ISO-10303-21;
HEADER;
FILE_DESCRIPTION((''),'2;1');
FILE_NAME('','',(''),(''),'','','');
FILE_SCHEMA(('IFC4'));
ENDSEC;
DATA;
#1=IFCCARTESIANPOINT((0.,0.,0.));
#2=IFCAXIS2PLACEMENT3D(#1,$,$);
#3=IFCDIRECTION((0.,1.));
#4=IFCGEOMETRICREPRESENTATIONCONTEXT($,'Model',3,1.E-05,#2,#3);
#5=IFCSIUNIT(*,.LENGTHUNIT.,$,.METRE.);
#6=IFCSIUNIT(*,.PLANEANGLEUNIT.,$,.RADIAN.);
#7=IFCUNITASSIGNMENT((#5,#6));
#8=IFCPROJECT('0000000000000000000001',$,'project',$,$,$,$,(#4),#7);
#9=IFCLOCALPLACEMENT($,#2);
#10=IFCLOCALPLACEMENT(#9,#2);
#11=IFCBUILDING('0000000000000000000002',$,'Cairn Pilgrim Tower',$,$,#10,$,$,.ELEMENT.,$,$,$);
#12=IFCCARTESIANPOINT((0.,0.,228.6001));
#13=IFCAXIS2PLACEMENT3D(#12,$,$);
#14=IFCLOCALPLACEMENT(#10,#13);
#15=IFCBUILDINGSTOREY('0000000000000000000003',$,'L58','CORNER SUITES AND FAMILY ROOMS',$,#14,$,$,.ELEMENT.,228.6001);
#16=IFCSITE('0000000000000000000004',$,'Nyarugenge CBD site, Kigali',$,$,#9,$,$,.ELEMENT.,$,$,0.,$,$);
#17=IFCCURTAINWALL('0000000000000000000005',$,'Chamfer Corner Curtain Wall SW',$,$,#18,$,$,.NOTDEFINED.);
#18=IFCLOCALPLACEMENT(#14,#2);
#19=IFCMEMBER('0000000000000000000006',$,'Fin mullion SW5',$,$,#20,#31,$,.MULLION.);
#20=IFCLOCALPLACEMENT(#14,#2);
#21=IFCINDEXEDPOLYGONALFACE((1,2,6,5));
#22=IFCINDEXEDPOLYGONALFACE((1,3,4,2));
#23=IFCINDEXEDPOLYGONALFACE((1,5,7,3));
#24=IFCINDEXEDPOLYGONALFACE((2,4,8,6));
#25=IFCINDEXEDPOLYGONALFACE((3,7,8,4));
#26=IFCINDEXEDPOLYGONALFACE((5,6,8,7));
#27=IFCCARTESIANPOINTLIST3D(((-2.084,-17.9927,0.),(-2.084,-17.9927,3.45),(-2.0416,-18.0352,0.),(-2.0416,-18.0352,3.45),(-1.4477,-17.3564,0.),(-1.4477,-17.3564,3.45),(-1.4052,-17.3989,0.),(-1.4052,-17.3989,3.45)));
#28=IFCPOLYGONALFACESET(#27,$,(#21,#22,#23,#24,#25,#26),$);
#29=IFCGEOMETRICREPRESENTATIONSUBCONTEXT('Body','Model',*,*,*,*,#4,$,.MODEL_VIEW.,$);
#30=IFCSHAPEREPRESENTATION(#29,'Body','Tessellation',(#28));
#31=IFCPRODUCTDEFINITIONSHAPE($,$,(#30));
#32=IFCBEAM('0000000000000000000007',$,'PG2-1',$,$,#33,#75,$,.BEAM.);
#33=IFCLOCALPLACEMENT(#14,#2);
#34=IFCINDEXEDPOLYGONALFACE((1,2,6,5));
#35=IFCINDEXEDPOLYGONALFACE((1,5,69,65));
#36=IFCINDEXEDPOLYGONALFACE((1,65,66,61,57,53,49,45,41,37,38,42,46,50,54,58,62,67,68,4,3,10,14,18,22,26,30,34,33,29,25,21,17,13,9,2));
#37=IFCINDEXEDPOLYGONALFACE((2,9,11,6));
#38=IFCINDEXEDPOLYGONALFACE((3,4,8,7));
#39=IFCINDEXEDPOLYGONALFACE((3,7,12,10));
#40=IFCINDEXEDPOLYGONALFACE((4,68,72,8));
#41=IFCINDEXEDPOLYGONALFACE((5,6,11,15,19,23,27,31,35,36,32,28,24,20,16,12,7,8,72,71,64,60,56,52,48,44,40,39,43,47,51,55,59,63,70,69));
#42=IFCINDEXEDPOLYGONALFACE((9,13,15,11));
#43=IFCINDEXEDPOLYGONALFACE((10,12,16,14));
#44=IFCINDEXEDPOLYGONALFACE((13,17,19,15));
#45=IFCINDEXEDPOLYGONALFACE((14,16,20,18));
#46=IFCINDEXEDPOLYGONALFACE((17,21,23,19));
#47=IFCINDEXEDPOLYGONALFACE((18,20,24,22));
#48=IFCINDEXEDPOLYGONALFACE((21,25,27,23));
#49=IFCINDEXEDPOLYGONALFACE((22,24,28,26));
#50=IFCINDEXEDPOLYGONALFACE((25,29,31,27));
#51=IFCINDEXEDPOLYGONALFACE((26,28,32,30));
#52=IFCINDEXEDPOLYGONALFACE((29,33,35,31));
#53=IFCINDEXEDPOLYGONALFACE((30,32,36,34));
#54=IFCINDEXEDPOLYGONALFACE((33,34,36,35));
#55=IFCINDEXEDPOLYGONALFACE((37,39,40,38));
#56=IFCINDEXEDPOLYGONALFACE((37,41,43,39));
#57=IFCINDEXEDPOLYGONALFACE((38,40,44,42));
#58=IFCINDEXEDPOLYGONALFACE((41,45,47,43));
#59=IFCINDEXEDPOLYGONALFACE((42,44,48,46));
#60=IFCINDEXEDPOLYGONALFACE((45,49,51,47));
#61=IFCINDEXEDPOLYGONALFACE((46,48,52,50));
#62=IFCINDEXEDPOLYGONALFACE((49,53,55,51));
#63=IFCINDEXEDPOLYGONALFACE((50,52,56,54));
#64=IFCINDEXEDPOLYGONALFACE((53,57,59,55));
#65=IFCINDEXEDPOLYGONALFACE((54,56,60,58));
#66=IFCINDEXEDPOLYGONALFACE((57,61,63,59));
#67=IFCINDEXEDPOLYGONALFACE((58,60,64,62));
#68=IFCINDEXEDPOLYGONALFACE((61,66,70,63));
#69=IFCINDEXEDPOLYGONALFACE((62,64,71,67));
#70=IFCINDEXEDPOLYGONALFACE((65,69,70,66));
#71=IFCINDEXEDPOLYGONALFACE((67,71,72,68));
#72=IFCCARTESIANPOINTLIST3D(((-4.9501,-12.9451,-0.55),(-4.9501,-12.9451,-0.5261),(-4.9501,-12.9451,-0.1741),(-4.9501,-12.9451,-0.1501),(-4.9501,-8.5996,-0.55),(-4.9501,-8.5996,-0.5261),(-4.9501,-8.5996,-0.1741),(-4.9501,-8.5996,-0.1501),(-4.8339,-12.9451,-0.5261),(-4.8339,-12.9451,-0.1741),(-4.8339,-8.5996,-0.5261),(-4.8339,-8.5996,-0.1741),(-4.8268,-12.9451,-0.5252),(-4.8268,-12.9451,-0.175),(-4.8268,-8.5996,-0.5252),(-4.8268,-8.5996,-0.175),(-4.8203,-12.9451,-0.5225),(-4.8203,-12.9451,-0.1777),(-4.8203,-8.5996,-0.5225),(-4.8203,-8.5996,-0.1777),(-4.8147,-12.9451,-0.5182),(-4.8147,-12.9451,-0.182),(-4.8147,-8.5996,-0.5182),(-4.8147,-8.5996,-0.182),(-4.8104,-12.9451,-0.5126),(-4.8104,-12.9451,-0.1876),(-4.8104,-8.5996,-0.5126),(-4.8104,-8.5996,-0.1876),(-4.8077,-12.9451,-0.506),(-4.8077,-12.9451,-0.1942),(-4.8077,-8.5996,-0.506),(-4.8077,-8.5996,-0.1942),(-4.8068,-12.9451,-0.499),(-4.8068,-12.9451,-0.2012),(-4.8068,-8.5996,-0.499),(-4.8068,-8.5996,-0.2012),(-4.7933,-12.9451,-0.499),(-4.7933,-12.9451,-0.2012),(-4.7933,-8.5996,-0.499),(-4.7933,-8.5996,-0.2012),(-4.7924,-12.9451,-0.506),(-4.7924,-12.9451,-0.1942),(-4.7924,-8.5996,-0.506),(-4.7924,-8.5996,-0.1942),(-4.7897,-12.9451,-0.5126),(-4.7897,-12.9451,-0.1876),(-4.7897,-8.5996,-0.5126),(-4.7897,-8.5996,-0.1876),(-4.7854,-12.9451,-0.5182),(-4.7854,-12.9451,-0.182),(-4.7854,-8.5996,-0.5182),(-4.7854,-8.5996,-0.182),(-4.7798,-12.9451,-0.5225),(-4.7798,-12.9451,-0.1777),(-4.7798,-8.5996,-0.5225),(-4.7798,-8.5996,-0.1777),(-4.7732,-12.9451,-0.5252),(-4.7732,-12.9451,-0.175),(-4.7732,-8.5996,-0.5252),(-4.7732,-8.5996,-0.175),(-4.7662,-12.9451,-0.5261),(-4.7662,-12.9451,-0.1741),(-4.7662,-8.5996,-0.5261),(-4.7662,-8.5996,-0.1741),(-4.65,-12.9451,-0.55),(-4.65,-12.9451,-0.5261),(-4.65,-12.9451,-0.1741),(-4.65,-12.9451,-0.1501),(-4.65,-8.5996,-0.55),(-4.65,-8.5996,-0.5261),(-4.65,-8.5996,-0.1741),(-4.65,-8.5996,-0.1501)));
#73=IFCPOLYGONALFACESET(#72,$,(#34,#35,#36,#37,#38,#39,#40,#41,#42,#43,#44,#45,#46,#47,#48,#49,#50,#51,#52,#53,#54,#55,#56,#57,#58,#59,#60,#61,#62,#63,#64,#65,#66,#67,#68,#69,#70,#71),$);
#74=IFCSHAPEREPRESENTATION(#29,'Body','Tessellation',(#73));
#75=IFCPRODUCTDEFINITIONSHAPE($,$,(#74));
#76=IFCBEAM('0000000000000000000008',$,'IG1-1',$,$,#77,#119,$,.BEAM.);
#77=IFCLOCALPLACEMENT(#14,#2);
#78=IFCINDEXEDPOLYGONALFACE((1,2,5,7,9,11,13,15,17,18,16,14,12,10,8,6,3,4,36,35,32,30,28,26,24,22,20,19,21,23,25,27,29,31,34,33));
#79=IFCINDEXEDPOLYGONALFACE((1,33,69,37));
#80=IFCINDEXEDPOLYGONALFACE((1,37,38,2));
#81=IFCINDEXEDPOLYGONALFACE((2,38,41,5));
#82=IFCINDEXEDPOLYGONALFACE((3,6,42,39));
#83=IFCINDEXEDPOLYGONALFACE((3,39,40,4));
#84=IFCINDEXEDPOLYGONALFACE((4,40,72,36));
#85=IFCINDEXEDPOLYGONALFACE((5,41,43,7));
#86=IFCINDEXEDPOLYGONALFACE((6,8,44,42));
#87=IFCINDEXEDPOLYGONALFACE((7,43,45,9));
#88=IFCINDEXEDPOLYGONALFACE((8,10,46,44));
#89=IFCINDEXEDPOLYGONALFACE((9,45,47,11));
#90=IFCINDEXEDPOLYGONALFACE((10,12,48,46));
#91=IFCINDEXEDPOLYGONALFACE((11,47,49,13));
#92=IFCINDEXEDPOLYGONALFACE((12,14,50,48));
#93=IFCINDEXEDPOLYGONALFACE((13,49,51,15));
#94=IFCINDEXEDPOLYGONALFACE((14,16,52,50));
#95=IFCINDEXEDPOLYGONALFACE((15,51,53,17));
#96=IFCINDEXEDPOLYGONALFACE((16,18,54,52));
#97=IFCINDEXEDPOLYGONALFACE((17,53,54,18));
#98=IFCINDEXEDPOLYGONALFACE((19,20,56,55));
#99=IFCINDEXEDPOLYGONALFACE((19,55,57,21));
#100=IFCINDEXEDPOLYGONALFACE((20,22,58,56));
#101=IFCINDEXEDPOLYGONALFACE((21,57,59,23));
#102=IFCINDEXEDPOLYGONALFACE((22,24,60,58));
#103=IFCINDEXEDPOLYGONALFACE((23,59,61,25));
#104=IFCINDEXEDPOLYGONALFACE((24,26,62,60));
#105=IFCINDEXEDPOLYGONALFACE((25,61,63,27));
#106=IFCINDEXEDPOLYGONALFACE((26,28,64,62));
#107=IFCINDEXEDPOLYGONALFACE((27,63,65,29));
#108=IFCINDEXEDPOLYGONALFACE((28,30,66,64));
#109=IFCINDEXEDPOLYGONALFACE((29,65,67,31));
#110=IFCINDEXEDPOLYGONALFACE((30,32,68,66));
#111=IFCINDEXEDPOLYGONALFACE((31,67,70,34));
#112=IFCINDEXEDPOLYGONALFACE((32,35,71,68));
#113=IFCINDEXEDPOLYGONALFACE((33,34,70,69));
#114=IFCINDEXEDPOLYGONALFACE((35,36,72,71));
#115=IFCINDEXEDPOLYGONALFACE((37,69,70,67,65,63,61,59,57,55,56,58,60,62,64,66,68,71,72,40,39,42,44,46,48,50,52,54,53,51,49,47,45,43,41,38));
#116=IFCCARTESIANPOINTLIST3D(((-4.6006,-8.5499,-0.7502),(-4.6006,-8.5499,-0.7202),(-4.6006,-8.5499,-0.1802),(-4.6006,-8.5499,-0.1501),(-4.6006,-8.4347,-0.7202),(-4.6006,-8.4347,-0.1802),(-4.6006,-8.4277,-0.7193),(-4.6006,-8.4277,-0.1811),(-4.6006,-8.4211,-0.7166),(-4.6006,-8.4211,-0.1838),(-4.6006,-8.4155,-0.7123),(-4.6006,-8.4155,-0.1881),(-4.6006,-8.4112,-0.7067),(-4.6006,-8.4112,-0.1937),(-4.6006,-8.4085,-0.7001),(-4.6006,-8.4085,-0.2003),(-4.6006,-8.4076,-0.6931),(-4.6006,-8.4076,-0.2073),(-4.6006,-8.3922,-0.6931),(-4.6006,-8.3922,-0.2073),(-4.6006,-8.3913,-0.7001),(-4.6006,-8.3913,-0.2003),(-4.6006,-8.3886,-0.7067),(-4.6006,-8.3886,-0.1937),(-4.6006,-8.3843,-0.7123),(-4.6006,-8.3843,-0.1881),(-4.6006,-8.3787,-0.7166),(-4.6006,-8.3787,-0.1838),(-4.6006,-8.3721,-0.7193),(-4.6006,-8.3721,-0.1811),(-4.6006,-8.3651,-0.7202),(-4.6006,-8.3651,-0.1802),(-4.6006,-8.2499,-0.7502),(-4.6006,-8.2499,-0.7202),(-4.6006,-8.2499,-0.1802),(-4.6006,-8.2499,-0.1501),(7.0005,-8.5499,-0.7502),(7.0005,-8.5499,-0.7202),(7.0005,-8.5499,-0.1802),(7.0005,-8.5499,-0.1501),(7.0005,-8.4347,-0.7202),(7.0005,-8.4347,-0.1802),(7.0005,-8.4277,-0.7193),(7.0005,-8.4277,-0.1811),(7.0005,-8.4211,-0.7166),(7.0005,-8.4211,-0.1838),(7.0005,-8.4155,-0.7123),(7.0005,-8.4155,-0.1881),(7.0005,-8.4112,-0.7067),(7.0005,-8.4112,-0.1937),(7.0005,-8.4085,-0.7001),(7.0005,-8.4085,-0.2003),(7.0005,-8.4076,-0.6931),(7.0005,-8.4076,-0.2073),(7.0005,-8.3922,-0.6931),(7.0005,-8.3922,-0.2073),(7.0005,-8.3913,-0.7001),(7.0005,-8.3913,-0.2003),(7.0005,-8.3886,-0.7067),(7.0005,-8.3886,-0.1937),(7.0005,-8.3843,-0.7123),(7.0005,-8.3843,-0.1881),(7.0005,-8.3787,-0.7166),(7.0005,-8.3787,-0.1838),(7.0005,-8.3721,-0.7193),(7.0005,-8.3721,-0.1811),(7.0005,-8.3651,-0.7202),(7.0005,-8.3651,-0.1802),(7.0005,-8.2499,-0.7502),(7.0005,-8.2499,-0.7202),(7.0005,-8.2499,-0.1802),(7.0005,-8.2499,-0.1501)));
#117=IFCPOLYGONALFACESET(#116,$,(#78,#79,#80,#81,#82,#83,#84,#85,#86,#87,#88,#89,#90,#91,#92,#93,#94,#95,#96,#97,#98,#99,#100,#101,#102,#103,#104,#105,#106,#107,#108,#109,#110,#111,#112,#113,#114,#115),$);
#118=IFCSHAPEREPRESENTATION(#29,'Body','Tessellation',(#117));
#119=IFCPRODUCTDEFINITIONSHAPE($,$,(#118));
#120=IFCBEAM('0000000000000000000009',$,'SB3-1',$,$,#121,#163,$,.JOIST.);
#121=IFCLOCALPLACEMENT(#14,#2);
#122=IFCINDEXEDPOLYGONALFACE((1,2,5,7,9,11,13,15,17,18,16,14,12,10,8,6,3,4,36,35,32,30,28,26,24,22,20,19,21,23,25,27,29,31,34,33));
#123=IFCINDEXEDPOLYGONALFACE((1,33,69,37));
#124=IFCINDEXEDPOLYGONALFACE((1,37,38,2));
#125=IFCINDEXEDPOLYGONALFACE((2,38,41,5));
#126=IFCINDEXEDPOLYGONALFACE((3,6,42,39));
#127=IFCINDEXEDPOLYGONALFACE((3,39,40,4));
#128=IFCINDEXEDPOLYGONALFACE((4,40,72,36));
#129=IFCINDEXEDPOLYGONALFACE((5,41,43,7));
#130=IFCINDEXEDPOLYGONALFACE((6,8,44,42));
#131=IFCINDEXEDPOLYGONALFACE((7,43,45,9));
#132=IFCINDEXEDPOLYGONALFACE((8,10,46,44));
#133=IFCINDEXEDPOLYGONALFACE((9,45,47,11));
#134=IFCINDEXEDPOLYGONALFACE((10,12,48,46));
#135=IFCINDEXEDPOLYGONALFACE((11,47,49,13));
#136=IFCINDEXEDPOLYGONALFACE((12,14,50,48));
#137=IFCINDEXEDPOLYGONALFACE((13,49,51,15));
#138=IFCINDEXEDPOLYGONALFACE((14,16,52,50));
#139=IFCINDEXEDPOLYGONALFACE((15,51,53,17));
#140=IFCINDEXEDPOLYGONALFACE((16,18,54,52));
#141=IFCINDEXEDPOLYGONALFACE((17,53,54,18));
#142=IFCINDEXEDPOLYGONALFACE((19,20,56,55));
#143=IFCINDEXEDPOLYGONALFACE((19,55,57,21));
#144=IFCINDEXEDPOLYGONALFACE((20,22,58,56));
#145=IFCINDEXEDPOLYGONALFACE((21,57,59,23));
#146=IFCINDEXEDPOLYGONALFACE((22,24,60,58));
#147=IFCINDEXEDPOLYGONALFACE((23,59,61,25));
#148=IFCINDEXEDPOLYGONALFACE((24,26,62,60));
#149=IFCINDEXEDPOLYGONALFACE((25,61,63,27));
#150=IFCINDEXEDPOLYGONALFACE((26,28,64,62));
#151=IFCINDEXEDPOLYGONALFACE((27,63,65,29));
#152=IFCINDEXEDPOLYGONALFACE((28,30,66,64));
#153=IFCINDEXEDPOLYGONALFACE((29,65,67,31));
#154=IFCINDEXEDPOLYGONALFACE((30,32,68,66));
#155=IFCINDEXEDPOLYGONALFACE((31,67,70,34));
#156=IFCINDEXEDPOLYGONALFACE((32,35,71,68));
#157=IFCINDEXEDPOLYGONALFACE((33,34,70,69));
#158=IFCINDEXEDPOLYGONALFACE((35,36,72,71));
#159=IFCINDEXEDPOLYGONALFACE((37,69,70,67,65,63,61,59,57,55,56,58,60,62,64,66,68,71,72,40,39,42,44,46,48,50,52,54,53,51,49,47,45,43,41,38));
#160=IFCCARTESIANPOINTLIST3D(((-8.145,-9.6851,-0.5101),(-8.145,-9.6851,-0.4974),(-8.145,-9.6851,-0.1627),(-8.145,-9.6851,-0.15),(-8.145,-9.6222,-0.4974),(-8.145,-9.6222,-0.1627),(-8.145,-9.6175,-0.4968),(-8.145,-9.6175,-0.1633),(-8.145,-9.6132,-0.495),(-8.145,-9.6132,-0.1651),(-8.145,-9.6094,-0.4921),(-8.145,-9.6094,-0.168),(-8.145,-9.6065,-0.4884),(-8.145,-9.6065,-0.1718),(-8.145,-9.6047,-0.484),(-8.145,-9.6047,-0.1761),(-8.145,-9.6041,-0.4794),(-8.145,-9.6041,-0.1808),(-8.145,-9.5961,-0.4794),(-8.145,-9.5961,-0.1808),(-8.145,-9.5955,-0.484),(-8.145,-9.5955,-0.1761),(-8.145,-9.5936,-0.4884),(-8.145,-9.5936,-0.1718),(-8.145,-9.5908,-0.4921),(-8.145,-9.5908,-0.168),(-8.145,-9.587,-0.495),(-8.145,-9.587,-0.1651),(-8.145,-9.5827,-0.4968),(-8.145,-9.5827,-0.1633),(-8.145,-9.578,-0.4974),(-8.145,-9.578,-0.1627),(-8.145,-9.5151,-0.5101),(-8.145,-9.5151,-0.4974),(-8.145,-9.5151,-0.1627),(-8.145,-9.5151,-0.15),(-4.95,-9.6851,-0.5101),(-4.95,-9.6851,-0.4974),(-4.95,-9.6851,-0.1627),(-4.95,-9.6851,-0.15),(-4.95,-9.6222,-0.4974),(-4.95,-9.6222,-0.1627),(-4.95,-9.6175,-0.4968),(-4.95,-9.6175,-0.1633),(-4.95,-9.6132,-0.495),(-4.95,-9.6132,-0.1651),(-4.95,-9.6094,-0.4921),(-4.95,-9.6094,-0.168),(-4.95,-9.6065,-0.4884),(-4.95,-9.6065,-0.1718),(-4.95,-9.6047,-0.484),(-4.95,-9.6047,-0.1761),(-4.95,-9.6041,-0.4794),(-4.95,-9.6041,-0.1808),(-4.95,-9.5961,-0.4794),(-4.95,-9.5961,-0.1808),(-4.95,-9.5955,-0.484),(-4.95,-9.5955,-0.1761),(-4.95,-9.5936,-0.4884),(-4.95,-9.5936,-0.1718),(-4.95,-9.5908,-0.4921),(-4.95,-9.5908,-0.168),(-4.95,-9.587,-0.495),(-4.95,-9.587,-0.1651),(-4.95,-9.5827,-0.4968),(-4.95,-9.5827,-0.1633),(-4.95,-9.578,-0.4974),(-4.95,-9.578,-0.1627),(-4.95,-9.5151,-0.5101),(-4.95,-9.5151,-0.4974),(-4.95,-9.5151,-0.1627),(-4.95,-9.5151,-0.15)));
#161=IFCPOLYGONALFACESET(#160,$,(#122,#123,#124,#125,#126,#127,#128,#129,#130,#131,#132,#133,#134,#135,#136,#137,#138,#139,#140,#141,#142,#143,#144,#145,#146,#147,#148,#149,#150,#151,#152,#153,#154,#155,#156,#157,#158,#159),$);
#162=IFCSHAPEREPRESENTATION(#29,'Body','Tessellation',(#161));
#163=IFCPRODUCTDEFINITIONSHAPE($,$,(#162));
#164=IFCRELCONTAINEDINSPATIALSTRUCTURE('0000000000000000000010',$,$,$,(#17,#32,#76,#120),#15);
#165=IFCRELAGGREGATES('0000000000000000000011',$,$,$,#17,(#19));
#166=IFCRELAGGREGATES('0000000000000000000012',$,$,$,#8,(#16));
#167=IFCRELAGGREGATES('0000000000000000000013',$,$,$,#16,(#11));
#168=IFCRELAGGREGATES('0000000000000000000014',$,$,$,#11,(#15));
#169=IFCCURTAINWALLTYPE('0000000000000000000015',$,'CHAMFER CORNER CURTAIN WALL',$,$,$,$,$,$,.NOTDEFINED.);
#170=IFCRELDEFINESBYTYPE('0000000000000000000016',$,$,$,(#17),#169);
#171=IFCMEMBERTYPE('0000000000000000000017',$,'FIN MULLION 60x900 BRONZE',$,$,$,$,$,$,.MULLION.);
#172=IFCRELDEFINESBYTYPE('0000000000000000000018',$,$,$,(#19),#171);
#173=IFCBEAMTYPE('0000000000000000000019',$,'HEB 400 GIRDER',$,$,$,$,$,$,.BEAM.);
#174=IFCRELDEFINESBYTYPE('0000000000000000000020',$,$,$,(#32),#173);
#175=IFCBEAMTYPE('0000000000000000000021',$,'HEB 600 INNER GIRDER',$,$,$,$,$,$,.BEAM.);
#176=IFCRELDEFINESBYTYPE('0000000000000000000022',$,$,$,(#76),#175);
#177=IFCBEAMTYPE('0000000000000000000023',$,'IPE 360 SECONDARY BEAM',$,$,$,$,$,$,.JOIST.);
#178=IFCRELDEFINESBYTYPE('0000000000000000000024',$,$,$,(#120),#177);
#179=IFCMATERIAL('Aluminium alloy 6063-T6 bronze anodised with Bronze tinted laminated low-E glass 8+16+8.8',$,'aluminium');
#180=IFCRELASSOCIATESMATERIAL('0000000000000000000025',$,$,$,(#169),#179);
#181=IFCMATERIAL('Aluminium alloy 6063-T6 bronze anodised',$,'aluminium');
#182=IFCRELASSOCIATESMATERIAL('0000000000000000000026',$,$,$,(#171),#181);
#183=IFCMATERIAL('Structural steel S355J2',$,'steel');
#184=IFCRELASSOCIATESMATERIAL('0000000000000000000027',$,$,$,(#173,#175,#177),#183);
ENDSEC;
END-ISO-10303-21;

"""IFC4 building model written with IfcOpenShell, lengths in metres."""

from ifc_helpers import new_model, si_unit, direction, frame, origin, origin_2d, place, context, subcontext, project, spatial, rectangle, i_section, extrude, material, material_profile, profile_set, type_object, element, aggregate, save


model = new_model("IFC4")

# Units and contexts
model_context = context("Model", 3, precision=1e-05, world=origin(), true_north=direction((0.0, 1.0)))
body_context = subcontext(model_context, "Body", "Model", "MODEL_VIEW")
ifc_project = project(units=[si_unit("LENGTHUNIT", "METRE"), si_unit("PLANEANGLEUNIT", "RADIAN")], contexts=[model_context])

# Site, building, storey
site_placement = place(None, origin())
site = spatial("IfcSite", under=ifc_project, at=site_placement, Name="Nyarugenge CBD site, Kigali", CompositionType="ELEMENT", RefElevation=0.0)
building_placement = place(site_placement, origin())
building = spatial("IfcBuilding", under=site, at=building_placement, Name="Cairn Pilgrim Tower", CompositionType="ELEMENT")
storey_placement = place(building_placement, frame((0.0, 0.0, 228.6001)))
storey = spatial("IfcBuildingStorey", under=building, at=storey_placement, Name="L58", Description="CORNER SUITES AND FAMILY ROOMS", CompositionType="ELEMENT", Elevation=228.6001)

# Shared definitions
ifc_material_1 = material(Name="Structural steel S355J2", Category="steel")

# Curtain wall, member
ifc_material_2 = material(Name="Aluminium alloy 6063-T6 bronze anodised with Bronze tinted laminated low-E glass 8+16+8.8", Category="aluminium")
curtain_wall_type = type_object("IfcCurtainWallType", Name="CHAMFER CORNER CURTAIN WALL", PredefinedType="NOTDEFINED", material=ifc_material_2)
curtain_wall_placement = place(storey_placement, origin())
curtain_wall = element("IfcCurtainWall", 1, at=curtain_wall_placement, inside=storey, type_object=curtain_wall_type, Name="Chamfer Corner Curtain Wall SW", PredefinedType="NOTDEFINED")
ifc_material_3 = material(Name="Aluminium alloy 6063-T6 bronze anodised", Category="aluminium")
ifc_material_profile_1 = material_profile(ifc_material_3, rectangle(XDim=0.8999, YDim=0.0601, at=origin_2d()), Name="FIN MULLION 60x900 BRONZE")
ifc_profile_set_1 = profile_set([ifc_material_profile_1], Name="Aluminium alloy 6063-T6 bronze anodised")
member_type_1 = type_object("IfcMemberType", Name="FIN MULLION 60x900 BRONZE", PredefinedType="MULLION", material=ifc_profile_set_1)
member_1_placement = place(storey_placement, frame((-1.7446, -17.6958, 0.0), z_axis=(0.0, 0.0, 1.0), x_axis=(-0.707107, -0.707107, 0.0)))
member_1 = element("IfcMember", 2, at=member_1_placement, type_object=member_type_1, Name="Fin mullion SW5", PredefinedType="MULLION", context=body_context, shape_type="SweptSolid", body=[
    extrude(rectangle(XDim=0.8999, YDim=0.0601, at=origin_2d()), origin(), (0.0, 0.0, 1.0), 3.45),
])

# Beams
ifc_material_profile_2 = material_profile(ifc_material_1, i_section(OverallWidth=0.3, OverallDepth=0.3999, WebThickness=0.0134, FlangeThickness=0.0239, FilletRadius=0.0271, at=origin_2d()), Name="HEB 400")
ifc_profile_set_2 = profile_set([ifc_material_profile_2], Name="Structural steel S355J2")
beam_type_1 = type_object("IfcBeamType", Name="HEB 400 GIRDER", PredefinedType="BEAM", material=ifc_profile_set_2)
beam_1_placement = place(storey_placement, frame((-4.8, -12.9451, -0.3501), z_axis=(0.0, 1.0, 0.0), x_axis=(-1.0, 0.0, 0.0)))
element("IfcBeam", 3, at=beam_1_placement, inside=storey, type_object=beam_type_1, Name="PG2-1", PredefinedType="BEAM", context=body_context, shape_type="SweptSolid", body=[
    extrude(i_section(OverallWidth=0.3, OverallDepth=0.3999, WebThickness=0.0134, FlangeThickness=0.0239, FilletRadius=0.0271, at=origin_2d()), origin(), (0.0, 0.0, 1.0), 4.3455),
])
ifc_material_profile_3 = material_profile(ifc_material_1, i_section(OverallWidth=0.3, OverallDepth=0.6001, WebThickness=0.0154, FlangeThickness=0.03, FilletRadius=0.0271, at=origin_2d()), Name="HEB 600")
ifc_profile_set_3 = profile_set([ifc_material_profile_3], Name="Structural steel S355J2")
beam_type_2 = type_object("IfcBeamType", Name="HEB 600 INNER GIRDER", PredefinedType="BEAM", material=ifc_profile_set_3)
beam_2_placement = place(storey_placement, frame((-4.6006, -8.3999, -0.4502), z_axis=(1.0, 0.0, 0.0), x_axis=(0.0, 1.0, 0.0)))
element("IfcBeam", 4, at=beam_2_placement, inside=storey, type_object=beam_type_2, Name="IG1-1", PredefinedType="BEAM", context=body_context, shape_type="SweptSolid", body=[
    extrude(i_section(OverallWidth=0.3, OverallDepth=0.6001, WebThickness=0.0154, FlangeThickness=0.03, FilletRadius=0.0271, at=origin_2d()), origin(), (0.0, 0.0, 1.0), 11.6011),
])
ifc_material_profile_4 = material_profile(ifc_material_1, i_section(OverallWidth=0.1699, OverallDepth=0.3601, WebThickness=0.0081, FlangeThickness=0.0127, FilletRadius=0.0181, at=origin_2d()), Name="IPE 360")
ifc_profile_set_4 = profile_set([ifc_material_profile_4], Name="Structural steel S355J2")
beam_type_3 = type_object("IfcBeamType", Name="IPE 360 SECONDARY BEAM", PredefinedType="JOIST", material=ifc_profile_set_4)
beam_3_placement = place(storey_placement, frame((-8.145, -9.6001, -0.3301), z_axis=(1.0, 0.0, 0.0), x_axis=(0.0, 1.0, 0.0)))
element("IfcBeam", 5, at=beam_3_placement, inside=storey, type_object=beam_type_3, Name="SB3-1", PredefinedType="JOIST", context=body_context, shape_type="SweptSolid", body=[
    extrude(i_section(OverallWidth=0.1699, OverallDepth=0.3601, WebThickness=0.0081, FlangeThickness=0.0127, FilletRadius=0.0181, at=origin_2d()), origin(), (0.0, 0.0, 1.0), 3.1951),
])

aggregate(curtain_wall, [member_1])

save(model, "model.ifc")
